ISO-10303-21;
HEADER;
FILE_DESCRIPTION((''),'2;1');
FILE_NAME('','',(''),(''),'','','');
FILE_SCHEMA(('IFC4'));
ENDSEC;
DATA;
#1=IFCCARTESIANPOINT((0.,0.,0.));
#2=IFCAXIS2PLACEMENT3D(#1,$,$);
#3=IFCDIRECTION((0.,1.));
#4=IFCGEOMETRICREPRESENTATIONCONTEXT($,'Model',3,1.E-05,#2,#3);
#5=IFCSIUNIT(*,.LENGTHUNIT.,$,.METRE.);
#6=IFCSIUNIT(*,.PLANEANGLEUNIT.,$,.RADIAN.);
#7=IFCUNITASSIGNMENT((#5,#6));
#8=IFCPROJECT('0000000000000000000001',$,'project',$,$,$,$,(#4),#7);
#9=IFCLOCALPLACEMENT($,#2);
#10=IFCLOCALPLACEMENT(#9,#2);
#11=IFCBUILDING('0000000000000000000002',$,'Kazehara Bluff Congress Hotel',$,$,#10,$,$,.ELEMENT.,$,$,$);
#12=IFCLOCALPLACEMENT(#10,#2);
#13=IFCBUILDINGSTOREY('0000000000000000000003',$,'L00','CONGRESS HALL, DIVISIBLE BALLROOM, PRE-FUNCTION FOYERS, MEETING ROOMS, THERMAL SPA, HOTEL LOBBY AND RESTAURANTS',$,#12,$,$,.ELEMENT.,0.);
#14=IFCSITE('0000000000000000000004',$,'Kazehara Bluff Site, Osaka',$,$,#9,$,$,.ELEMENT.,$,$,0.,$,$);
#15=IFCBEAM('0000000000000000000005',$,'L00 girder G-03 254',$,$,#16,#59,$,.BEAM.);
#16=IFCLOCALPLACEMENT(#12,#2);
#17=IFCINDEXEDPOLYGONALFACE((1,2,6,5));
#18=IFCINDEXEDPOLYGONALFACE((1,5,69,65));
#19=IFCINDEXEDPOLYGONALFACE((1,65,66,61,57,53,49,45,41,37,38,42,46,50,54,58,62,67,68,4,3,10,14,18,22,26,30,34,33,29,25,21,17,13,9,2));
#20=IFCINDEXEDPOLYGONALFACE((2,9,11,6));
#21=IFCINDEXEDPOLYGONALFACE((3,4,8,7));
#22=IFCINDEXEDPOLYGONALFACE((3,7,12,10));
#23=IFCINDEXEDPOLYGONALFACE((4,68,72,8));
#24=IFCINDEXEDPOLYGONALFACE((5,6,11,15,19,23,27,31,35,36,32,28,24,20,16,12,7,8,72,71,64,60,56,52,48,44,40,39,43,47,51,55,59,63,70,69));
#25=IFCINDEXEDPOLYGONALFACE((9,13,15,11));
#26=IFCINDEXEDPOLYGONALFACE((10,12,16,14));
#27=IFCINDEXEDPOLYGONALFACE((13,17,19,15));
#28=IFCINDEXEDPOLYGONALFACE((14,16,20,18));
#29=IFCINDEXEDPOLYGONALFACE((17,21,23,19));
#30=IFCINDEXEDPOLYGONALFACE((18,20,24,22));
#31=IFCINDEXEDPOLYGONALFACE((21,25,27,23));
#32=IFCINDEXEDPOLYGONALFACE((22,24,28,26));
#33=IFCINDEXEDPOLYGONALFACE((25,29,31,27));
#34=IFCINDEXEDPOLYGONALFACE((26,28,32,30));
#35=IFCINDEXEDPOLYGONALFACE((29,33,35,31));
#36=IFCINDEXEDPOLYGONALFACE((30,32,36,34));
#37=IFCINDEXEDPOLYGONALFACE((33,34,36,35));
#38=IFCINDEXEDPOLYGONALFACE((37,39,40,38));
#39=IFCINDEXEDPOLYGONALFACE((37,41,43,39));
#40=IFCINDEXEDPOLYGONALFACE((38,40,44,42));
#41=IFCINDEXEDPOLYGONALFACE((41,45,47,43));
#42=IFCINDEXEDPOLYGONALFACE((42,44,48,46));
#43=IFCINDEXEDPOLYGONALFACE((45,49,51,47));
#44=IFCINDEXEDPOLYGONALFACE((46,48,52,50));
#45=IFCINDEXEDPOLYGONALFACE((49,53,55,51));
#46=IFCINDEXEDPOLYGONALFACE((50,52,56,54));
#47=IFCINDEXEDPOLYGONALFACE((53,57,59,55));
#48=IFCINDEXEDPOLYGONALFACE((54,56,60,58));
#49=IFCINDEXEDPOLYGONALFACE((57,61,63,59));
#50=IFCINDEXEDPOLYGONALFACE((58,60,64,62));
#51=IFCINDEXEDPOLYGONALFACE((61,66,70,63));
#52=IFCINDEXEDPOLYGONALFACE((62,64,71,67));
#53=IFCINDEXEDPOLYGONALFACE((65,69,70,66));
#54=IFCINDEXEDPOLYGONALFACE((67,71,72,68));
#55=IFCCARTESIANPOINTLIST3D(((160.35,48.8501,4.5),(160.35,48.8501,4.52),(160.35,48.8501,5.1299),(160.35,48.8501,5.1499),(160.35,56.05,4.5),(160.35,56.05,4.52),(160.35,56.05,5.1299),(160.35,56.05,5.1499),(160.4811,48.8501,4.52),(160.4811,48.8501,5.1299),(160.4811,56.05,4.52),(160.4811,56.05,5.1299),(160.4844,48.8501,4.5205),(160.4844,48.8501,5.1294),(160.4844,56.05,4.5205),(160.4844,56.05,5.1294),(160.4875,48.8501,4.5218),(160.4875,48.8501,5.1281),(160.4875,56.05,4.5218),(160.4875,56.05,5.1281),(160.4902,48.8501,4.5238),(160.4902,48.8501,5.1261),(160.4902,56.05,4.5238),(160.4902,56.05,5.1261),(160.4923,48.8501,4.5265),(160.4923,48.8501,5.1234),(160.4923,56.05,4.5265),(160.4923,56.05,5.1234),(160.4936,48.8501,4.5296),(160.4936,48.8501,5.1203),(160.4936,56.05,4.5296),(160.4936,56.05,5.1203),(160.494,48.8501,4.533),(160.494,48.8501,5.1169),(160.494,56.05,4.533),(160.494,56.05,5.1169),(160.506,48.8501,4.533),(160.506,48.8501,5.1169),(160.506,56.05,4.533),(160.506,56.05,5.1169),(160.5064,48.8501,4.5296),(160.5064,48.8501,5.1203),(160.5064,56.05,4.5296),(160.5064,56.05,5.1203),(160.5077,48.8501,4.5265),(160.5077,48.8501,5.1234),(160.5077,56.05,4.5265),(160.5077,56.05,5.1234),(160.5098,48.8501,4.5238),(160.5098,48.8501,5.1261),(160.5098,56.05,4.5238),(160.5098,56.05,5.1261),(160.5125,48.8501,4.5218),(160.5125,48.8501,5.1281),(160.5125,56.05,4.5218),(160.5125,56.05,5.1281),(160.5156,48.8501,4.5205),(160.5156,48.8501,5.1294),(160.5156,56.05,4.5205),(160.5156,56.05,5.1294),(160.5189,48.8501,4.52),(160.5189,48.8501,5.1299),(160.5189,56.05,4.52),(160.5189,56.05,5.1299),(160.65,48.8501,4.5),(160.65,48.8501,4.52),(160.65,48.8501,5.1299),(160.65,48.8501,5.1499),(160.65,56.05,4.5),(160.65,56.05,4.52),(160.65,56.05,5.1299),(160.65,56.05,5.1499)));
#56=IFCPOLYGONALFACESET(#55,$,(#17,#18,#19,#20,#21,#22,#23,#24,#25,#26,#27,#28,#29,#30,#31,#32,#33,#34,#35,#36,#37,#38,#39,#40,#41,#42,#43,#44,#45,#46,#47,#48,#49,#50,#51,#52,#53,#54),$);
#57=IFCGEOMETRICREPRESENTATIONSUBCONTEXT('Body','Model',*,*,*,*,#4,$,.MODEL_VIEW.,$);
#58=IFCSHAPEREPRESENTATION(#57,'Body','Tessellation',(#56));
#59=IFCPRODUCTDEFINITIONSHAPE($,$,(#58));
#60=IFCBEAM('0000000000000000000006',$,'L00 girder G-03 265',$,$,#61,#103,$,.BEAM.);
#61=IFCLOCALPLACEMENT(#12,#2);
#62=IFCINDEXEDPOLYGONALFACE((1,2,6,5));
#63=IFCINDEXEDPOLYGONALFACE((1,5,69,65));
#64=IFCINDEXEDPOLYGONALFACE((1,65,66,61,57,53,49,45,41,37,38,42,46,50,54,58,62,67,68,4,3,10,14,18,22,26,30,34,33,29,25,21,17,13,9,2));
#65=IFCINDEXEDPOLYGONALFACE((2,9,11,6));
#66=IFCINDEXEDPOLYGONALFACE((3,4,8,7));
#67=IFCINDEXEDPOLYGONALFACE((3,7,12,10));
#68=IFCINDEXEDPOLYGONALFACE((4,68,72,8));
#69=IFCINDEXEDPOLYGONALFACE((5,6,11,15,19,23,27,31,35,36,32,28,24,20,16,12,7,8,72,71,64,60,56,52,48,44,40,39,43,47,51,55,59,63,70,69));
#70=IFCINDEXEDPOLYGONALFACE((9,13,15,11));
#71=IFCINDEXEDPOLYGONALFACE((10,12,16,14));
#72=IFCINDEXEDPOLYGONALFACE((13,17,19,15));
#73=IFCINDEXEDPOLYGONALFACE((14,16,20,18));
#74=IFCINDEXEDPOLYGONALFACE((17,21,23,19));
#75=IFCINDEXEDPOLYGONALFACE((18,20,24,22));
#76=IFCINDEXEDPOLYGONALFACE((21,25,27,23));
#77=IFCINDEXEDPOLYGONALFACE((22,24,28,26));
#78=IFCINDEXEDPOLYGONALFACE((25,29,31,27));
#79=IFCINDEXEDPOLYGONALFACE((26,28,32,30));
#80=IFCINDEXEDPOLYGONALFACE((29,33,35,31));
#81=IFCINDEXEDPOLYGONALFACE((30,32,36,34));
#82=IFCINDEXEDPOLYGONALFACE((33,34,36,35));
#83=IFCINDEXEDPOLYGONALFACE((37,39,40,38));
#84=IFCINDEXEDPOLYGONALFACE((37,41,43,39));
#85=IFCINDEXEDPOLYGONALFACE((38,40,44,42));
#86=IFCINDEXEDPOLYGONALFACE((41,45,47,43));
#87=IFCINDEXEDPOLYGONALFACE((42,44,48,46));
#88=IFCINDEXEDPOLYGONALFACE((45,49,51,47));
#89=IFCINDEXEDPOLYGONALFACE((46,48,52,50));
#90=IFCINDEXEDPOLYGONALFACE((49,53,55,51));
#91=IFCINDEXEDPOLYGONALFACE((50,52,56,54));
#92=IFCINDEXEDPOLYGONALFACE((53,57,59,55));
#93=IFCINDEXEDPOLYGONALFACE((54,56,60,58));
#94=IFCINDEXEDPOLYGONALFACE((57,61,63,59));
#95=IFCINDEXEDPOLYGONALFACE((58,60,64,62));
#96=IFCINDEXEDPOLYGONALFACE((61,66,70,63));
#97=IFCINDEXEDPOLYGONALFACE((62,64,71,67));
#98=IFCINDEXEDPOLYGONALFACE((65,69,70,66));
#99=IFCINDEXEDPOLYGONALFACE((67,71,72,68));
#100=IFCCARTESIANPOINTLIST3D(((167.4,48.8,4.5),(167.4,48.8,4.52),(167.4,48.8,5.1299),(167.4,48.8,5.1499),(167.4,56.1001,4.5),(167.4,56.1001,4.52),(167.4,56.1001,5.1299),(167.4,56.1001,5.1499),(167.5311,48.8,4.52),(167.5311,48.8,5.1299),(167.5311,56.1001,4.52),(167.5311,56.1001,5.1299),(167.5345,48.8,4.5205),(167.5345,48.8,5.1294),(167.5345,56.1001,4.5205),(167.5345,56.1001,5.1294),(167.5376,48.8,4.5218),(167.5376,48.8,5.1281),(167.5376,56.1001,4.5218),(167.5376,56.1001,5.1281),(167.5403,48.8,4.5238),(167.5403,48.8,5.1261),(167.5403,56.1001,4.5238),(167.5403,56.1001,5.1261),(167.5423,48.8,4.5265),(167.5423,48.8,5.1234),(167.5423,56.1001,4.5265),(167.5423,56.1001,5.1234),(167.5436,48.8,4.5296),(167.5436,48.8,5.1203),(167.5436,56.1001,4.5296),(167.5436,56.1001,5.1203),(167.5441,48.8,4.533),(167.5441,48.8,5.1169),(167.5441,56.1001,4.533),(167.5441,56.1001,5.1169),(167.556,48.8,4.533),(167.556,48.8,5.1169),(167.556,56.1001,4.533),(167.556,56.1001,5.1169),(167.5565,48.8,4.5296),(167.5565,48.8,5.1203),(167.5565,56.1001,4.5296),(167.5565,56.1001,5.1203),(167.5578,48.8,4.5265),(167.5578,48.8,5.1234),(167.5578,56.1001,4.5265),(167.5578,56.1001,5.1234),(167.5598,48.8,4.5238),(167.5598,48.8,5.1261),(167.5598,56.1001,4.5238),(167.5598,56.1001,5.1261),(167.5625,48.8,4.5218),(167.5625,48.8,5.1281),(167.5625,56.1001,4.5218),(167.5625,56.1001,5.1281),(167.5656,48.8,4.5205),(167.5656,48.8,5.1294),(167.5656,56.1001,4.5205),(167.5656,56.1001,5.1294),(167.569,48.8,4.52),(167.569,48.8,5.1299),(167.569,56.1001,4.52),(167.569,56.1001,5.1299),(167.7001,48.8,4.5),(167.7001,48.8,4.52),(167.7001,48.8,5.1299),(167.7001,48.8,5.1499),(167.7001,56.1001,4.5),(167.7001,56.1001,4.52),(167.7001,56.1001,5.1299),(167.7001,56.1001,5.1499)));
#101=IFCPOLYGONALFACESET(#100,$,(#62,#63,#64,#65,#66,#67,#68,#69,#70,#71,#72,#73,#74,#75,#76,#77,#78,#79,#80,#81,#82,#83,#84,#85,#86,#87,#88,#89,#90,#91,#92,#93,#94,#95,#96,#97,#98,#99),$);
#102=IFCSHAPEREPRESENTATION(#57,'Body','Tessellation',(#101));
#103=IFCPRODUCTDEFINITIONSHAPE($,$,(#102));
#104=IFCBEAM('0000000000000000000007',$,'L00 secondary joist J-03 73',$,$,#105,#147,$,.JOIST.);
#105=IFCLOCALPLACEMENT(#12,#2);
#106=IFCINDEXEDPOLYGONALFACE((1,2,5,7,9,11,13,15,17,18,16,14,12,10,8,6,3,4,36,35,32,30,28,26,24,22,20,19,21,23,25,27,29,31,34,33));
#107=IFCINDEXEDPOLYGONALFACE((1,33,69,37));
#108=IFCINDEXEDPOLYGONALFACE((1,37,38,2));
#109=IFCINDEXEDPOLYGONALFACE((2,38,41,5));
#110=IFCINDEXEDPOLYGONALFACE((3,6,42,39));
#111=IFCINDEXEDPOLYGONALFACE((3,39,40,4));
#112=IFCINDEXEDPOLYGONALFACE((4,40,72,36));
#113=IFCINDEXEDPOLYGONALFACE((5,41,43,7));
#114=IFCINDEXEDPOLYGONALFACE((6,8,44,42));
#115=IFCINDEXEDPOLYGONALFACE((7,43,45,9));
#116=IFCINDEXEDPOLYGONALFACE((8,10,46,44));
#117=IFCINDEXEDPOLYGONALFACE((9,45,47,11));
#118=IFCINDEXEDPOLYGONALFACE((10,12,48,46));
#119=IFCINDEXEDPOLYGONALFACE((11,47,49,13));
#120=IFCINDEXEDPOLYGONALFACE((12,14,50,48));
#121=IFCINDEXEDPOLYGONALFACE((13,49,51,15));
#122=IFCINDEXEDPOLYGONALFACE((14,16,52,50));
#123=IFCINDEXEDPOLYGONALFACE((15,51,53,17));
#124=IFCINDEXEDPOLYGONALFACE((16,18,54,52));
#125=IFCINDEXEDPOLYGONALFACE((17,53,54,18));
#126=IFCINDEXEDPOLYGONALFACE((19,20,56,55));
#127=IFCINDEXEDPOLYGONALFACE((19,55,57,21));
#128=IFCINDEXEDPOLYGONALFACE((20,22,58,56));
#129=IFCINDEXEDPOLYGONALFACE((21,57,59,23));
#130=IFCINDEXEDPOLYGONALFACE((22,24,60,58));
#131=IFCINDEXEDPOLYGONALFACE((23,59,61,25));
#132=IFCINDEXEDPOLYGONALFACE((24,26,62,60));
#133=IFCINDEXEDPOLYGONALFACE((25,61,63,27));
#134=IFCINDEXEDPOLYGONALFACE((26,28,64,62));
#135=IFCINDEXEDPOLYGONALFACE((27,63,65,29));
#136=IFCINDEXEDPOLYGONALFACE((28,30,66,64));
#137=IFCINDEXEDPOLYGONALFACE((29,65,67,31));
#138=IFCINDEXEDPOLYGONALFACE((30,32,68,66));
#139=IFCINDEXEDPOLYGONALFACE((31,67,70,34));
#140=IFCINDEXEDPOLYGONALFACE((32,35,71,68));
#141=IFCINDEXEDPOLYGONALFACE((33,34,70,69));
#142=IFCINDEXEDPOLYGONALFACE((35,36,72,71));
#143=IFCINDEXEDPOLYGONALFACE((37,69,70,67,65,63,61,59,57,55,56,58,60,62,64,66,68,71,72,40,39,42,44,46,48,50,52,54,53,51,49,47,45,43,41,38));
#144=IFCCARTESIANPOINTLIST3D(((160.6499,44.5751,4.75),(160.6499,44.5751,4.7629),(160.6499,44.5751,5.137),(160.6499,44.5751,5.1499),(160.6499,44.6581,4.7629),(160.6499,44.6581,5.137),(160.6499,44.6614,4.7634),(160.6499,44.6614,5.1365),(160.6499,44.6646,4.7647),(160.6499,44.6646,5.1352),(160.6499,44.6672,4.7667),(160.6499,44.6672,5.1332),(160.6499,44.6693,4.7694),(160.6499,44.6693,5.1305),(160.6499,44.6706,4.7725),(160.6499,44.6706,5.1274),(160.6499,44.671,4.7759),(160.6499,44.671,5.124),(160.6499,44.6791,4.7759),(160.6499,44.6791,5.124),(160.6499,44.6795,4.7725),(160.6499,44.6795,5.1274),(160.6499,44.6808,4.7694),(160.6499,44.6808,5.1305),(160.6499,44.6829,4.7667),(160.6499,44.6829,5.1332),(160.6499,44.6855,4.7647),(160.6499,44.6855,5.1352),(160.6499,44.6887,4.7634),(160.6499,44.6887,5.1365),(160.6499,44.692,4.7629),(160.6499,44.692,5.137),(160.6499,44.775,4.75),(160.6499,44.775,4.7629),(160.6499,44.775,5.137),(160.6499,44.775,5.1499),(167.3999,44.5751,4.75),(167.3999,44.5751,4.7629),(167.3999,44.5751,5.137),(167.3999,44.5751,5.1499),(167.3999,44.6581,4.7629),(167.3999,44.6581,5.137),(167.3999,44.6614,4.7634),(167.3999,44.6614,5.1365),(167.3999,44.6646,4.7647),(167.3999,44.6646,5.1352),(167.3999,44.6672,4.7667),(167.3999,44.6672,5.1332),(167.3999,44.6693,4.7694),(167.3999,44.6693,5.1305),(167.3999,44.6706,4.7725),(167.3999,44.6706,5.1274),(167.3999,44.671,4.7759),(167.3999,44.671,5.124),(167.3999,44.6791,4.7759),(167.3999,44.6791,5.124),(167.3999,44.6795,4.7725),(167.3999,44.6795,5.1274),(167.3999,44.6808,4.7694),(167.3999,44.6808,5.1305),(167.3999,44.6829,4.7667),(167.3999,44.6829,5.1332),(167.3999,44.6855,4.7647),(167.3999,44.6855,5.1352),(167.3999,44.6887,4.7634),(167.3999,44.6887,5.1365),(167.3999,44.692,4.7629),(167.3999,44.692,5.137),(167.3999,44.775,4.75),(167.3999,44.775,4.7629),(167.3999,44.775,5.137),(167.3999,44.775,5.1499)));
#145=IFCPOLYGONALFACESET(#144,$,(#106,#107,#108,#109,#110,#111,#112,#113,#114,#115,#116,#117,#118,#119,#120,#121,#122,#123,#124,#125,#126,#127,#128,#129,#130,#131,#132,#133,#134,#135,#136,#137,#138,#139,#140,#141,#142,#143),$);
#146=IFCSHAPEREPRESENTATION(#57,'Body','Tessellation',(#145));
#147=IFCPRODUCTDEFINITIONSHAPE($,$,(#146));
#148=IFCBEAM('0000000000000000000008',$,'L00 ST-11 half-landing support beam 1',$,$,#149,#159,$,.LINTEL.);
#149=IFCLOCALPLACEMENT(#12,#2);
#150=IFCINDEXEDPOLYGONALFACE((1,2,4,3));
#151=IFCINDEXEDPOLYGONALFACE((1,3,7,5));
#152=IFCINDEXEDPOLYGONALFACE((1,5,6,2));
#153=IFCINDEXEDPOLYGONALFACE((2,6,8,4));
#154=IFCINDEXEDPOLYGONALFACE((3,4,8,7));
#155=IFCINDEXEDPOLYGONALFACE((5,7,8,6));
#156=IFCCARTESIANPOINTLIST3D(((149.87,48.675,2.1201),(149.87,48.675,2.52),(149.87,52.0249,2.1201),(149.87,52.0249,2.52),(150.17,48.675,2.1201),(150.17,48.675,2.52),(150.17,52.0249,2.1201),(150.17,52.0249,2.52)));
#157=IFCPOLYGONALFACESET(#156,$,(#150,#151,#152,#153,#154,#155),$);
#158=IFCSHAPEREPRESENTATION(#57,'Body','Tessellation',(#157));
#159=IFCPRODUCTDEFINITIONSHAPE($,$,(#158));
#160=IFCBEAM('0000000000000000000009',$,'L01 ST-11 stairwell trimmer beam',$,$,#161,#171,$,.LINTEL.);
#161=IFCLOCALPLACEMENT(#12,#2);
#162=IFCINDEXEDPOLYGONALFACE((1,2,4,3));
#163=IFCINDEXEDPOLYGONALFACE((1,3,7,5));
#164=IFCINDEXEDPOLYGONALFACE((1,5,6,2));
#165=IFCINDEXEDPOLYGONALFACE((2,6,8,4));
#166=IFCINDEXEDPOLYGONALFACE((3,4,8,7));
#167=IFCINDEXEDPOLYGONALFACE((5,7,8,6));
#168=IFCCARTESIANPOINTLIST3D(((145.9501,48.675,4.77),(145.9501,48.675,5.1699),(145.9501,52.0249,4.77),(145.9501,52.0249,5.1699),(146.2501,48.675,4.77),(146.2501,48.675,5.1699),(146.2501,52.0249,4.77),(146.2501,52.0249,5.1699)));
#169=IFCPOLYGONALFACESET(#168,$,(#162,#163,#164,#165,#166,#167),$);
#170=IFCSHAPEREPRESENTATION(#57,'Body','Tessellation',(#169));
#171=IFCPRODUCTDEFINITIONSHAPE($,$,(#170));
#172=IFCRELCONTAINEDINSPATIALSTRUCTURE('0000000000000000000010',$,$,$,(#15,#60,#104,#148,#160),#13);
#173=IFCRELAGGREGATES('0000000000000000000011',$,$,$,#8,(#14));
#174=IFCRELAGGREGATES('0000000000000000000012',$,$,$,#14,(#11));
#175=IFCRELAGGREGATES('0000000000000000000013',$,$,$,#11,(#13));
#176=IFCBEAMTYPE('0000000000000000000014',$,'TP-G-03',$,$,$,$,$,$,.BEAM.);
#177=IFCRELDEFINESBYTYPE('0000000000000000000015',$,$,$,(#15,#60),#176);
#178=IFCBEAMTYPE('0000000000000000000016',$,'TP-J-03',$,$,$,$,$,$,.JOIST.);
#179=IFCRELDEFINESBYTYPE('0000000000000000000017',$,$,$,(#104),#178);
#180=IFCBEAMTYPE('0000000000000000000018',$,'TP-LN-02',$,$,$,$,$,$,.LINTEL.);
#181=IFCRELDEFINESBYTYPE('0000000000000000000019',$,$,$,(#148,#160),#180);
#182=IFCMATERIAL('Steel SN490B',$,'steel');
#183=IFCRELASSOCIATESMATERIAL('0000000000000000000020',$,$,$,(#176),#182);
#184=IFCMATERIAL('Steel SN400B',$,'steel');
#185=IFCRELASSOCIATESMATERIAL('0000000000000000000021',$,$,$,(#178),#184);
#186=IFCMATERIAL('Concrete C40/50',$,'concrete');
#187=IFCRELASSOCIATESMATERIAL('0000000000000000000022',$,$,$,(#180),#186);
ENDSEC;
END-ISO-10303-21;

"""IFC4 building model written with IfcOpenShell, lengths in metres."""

from ifc_helpers import new_model, si_unit, direction, frame, origin, origin_2d, place, context, subcontext, project, spatial, rectangle, i_section, extrude, material, material_profile, profile_set, type_object, element, save


model = new_model("IFC4")

# Units and contexts
model_context = context("Model", 3, precision=1e-05, world=origin(), true_north=direction((0.0, 1.0)))
body_context = subcontext(model_context, "Body", "Model", "MODEL_VIEW")
ifc_project = project(units=[si_unit("LENGTHUNIT", "METRE"), si_unit("PLANEANGLEUNIT", "RADIAN")], contexts=[model_context])

# Site, building, storey
site_placement = place(None, origin())
site = spatial("IfcSite", under=ifc_project, at=site_placement, Name="Kazehara Bluff Site, Osaka", CompositionType="ELEMENT", RefElevation=0.0)
building_placement = place(site_placement, origin())
building = spatial("IfcBuilding", under=site, at=building_placement, Name="Kazehara Bluff Congress Hotel", CompositionType="ELEMENT")
storey_placement = place(building_placement, origin())
storey = spatial("IfcBuildingStorey", under=building, at=storey_placement, Name="L00", Description="CONGRESS HALL, DIVISIBLE BALLROOM, PRE-FUNCTION FOYERS, MEETING ROOMS, THERMAL SPA, HOTEL LOBBY AND RESTAURANTS", CompositionType="ELEMENT", Elevation=0.0)

# Beams
ifc_material_1 = material(Name="Steel SN490B", Category="steel")
ifc_material_profile_1 = material_profile(ifc_material_1, i_section(OverallWidth=0.3, OverallDepth=0.6499, WebThickness=0.012, FlangeThickness=0.02, FilletRadius=0.0129, at=origin_2d()))
ifc_profile_set_1 = profile_set([ifc_material_profile_1], Name="Steel SN490B")
beam_type_1 = type_object("IfcBeamType", Name="TP-G-03", PredefinedType="BEAM", material=ifc_profile_set_1)
beam_1_placement = place(storey_placement, frame((160.5, 48.8501, 4.825), z_axis=(0.0, 1.0, 0.0), x_axis=(-1.0, 0.0, 0.0)))
element("IfcBeam", 1, at=beam_1_placement, inside=storey, type_object=beam_type_1, Name="L00 girder G-03 254", PredefinedType="BEAM", context=body_context, shape_type="SweptSolid", body=[
    extrude(i_section(OverallWidth=0.3, OverallDepth=0.6499, WebThickness=0.012, FlangeThickness=0.02, FilletRadius=0.0129, at=origin_2d()), origin(), (0.0, 0.0, 1.0), 7.2),
])
beam_2_placement = place(storey_placement, frame((167.55, 48.8, 4.825), z_axis=(0.0, 1.0, 0.0), x_axis=(-1.0, 0.0, 0.0)))
element("IfcBeam", 2, at=beam_2_placement, inside=storey, type_object=beam_type_1, Name="L00 girder G-03 265", PredefinedType="BEAM", context=body_context, shape_type="SweptSolid", body=[
    extrude(i_section(OverallWidth=0.3, OverallDepth=0.6499, WebThickness=0.012, FlangeThickness=0.02, FilletRadius=0.0129, at=origin_2d()), origin(), (0.0, 0.0, 1.0), 7.3),
])
ifc_material_2 = material(Name="Steel SN400B", Category="steel")
ifc_material_profile_2 = material_profile(ifc_material_2, i_section(OverallWidth=0.2, OverallDepth=0.3999, WebThickness=0.0081, FlangeThickness=0.0129, FilletRadius=0.0129, at=origin_2d()))
ifc_profile_set_2 = profile_set([ifc_material_profile_2], Name="Steel SN400B")
beam_type_2 = type_object("IfcBeamType", Name="TP-J-03", PredefinedType="JOIST", material=ifc_profile_set_2)
beam_3_placement = place(storey_placement, frame((160.6499, 44.675, 4.95), z_axis=(1.0, 0.0, 0.0), x_axis=(0.0, 1.0, 0.0)))
element("IfcBeam", 3, at=beam_3_placement, inside=storey, type_object=beam_type_2, Name="L00 secondary joist J-03 73", PredefinedType="JOIST", context=body_context, shape_type="SweptSolid", body=[
    extrude(i_section(OverallWidth=0.2, OverallDepth=0.3999, WebThickness=0.0081, FlangeThickness=0.0129, FilletRadius=0.0129, at=origin_2d()), origin(), (0.0, 0.0, 1.0), 6.75),
])
ifc_material_3 = material(Name="Concrete C40/50", Category="concrete")
ifc_material_profile_3 = material_profile(ifc_material_3, rectangle(XDim=0.3, YDim=0.3999, at=origin_2d()))
ifc_profile_set_3 = profile_set([ifc_material_profile_3], Name="Concrete C40/50")
beam_type_3 = type_object("IfcBeamType", Name="TP-LN-02", PredefinedType="LINTEL", material=ifc_profile_set_3)
for number, where, z_axis, x_axis, name in (
    (4, (150.02, 48.675, 2.3201), (0.0, 1.0, 0.0), (-1.0, 0.0, 0.0), "L00 ST-11 half-landing support beam 1"),
    (5, (146.1001, 48.675, 4.97), (0.0, 1.0, 0.0), (-1.0, 0.0, 0.0), "L01 ST-11 stairwell trimmer beam"),
):
    element("IfcBeam", number, at=place(storey_placement, frame(where, z_axis=z_axis, x_axis=x_axis)), inside=storey, type_object=beam_type_3, Name=name, PredefinedType="LINTEL", context=body_context, shape_type="SweptSolid", body=[
        extrude(rectangle(XDim=0.3, YDim=0.3999, at=origin_2d()), origin(), (0.0, 0.0, 1.0), 3.3499),
    ])

save(model, "model.ifc")
